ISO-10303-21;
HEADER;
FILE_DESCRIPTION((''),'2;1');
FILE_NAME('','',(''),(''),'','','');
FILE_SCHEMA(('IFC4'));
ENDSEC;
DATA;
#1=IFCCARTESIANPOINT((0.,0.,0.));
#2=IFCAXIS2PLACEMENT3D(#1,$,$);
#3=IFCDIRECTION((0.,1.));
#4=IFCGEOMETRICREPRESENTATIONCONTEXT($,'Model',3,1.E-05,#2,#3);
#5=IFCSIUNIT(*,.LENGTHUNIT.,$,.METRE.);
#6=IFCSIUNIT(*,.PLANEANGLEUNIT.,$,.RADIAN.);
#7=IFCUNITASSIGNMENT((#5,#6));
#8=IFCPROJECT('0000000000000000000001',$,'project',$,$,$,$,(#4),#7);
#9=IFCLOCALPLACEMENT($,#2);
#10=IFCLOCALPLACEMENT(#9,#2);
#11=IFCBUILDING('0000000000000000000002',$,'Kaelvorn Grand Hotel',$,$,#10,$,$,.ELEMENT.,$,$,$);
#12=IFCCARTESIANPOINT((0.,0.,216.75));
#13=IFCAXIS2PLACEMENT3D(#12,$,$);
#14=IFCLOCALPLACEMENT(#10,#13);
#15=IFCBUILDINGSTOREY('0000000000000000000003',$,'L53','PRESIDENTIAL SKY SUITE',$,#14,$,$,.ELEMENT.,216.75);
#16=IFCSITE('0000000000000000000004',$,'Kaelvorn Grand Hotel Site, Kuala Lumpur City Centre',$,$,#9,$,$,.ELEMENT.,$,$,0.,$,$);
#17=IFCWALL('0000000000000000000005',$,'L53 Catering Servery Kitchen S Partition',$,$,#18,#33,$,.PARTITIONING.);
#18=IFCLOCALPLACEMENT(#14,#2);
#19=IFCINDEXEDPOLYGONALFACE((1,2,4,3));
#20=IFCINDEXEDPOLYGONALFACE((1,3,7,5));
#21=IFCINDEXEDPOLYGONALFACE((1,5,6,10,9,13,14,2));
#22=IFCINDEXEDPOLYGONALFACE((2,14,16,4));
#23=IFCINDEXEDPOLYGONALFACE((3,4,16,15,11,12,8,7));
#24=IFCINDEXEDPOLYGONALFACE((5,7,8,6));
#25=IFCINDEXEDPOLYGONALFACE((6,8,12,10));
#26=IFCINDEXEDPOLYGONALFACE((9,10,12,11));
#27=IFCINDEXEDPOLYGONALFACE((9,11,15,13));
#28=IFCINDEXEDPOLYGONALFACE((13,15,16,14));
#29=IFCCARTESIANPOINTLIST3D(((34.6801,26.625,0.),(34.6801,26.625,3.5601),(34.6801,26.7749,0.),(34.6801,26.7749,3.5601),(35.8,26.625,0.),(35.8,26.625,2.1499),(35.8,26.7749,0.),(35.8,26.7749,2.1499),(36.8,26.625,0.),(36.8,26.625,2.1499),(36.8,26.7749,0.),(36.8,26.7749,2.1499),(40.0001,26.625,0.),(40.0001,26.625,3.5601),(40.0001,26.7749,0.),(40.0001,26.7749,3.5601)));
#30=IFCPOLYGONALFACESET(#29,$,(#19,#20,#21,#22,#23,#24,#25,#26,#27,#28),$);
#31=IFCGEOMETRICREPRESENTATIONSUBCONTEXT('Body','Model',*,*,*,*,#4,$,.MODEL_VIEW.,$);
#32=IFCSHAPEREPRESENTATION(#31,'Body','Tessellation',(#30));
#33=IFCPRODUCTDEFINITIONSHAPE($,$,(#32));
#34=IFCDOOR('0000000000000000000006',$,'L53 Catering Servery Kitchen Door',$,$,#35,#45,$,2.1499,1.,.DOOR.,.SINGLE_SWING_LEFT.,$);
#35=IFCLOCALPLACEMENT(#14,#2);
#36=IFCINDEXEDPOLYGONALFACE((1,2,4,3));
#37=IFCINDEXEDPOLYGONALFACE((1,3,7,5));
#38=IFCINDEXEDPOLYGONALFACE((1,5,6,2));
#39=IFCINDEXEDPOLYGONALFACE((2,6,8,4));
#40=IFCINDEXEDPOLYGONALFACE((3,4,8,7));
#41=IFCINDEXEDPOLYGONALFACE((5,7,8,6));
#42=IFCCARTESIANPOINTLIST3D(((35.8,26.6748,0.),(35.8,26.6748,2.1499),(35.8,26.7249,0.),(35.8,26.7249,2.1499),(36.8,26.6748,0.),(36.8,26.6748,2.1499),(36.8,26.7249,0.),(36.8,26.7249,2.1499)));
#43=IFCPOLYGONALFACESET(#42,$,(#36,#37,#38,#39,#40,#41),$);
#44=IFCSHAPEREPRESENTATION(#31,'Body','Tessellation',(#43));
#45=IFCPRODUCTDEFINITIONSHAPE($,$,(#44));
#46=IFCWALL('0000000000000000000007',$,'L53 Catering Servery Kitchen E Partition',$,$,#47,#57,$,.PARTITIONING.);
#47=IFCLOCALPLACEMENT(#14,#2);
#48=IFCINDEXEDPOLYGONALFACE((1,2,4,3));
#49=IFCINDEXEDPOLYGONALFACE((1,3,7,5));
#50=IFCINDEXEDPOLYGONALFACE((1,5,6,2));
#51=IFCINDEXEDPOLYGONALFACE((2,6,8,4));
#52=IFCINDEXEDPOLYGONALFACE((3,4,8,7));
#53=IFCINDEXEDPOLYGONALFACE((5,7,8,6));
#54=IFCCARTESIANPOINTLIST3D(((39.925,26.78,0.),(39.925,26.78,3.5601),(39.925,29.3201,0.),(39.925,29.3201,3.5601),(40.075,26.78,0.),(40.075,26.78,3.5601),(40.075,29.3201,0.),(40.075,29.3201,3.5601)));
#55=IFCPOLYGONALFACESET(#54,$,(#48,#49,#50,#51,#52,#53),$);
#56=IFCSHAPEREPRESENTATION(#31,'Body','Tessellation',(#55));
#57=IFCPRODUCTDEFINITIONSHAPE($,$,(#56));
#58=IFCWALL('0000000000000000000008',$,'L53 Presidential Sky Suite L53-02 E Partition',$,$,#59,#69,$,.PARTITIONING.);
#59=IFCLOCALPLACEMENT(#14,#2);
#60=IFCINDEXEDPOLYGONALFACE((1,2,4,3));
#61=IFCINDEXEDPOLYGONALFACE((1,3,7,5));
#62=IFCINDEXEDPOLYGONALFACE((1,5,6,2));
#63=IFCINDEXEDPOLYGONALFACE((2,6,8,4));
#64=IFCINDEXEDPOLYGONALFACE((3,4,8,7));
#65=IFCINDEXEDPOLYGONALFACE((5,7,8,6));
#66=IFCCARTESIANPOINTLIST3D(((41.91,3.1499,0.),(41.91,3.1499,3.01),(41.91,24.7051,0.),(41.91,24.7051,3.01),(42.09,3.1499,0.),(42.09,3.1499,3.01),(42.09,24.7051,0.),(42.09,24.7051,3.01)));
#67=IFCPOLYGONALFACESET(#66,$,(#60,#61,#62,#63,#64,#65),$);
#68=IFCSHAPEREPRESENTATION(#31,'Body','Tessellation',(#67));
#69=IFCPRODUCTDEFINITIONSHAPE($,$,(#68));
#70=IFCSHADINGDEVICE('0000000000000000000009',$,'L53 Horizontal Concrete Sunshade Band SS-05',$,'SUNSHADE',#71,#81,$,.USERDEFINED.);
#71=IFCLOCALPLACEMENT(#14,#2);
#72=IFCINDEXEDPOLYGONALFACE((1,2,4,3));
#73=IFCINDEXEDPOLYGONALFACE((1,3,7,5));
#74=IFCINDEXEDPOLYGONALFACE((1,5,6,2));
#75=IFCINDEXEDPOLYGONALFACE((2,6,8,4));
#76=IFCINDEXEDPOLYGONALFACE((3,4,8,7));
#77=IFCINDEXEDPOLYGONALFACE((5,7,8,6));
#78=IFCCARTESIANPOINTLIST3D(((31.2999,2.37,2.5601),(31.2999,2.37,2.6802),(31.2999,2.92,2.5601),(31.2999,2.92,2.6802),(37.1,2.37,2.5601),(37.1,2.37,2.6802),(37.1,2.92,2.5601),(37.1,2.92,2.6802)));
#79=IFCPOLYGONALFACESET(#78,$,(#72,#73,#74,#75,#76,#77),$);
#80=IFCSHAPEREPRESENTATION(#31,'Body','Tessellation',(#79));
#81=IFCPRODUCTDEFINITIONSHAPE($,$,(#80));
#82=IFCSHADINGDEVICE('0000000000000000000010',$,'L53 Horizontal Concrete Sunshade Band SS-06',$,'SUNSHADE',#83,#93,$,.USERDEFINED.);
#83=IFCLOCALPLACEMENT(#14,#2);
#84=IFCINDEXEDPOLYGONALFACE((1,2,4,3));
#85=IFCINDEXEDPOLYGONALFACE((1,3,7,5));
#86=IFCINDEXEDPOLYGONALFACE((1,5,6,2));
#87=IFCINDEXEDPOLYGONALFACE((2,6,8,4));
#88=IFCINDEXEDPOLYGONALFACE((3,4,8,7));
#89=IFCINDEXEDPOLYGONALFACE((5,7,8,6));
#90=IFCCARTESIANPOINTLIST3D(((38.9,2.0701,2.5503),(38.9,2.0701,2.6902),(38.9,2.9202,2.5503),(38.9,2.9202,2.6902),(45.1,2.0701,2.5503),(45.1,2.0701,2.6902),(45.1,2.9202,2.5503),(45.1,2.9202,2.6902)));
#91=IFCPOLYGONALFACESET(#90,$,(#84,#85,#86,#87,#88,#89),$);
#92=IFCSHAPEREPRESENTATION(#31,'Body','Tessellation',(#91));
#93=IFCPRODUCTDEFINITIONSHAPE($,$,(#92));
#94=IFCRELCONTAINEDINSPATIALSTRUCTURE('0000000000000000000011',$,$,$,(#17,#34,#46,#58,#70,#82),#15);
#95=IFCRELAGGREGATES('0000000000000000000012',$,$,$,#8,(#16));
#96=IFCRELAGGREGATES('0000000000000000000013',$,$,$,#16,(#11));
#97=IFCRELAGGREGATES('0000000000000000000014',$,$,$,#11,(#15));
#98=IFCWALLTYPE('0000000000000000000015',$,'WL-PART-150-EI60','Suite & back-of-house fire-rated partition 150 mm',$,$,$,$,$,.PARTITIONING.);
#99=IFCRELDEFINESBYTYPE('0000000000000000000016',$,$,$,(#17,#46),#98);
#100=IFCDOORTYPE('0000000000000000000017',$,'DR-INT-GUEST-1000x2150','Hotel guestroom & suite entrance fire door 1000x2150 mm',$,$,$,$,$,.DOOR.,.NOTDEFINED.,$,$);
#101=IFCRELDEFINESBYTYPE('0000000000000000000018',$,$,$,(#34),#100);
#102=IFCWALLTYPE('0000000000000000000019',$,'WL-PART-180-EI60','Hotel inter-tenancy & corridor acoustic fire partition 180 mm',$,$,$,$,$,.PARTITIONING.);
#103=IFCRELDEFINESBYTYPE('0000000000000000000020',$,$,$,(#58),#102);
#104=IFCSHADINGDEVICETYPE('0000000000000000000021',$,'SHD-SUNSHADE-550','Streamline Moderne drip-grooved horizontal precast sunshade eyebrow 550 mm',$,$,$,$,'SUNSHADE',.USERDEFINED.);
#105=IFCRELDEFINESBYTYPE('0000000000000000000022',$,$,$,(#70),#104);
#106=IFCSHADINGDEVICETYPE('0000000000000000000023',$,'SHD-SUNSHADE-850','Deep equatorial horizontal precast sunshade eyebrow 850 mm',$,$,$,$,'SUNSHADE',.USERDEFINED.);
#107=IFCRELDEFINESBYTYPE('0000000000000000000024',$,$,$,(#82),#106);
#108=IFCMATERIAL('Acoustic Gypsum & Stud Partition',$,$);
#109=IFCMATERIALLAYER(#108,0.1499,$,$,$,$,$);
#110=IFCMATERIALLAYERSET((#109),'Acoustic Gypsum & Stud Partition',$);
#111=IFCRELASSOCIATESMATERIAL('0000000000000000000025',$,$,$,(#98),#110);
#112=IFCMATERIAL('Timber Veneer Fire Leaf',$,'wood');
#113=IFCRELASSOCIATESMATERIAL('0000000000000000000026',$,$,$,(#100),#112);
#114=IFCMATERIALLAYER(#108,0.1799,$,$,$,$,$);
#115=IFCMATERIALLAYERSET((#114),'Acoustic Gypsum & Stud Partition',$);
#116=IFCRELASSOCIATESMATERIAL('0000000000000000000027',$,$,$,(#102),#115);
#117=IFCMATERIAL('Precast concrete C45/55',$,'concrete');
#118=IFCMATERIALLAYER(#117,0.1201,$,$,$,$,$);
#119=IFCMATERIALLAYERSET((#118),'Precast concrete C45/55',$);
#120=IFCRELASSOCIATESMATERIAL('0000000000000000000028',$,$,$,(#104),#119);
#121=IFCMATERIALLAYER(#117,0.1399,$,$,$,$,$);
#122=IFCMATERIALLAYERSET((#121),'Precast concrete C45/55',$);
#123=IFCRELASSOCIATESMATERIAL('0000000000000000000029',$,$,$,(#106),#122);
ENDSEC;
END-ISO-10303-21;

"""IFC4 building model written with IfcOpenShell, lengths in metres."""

from ifc_helpers import new_model, si_unit, direction, frame, frame_2d, origin, origin_2d, place, context, subcontext, project, spatial, rectangle, extrude, material, layer, layer_set, type_object, element, fill, save


model = new_model("IFC4")

# Units and contexts
model_context = context("Model", 3, precision=1e-05, world=origin(), true_north=direction((0.0, 1.0)))
body_context = subcontext(model_context, "Body", "Model", "MODEL_VIEW")
ifc_project = project(units=[si_unit("LENGTHUNIT", "METRE"), si_unit("PLANEANGLEUNIT", "RADIAN")], contexts=[model_context])

# Site, building, storey
site_placement = place(None, origin())
site = spatial("IfcSite", under=ifc_project, at=site_placement, Name="Kaelvorn Grand Hotel Site, Kuala Lumpur City Centre", CompositionType="ELEMENT", RefElevation=0.0)
building_placement = place(site_placement, origin())
building = spatial("IfcBuilding", under=site, at=building_placement, Name="Kaelvorn Grand Hotel", CompositionType="ELEMENT")
storey_placement = place(building_placement, frame((0.0, 0.0, 216.75)))
storey = spatial("IfcBuildingStorey", under=building, at=storey_placement, Name="L53", Description="PRESIDENTIAL SKY SUITE", CompositionType="ELEMENT", Elevation=216.75)

# Shared definitions
ifc_material_1 = material(Name="Acoustic Gypsum & Stud Partition")
ifc_layer_1 = layer(ifc_material_1, 0.1499)
ifc_layer_set_1 = layer_set([ifc_layer_1], Name="Acoustic Gypsum & Stud Partition")
wall_type_1 = type_object("IfcWallType", Name="WL-PART-150-EI60", Description="Suite & back-of-house fire-rated partition 150 mm", PredefinedType="PARTITIONING", material=ifc_layer_set_1)

# Wall, opening, door
wall_1_placement = place(storey_placement, frame((34.6799, 26.7, 0.0), z_axis=(0.0, 0.0, 1.0), x_axis=(1.0, 0.0, 0.0)))
wall_1 = element("IfcWall", 1, at=wall_1_placement, inside=storey, type_object=wall_type_1, Name="L53 Catering Servery Kitchen S Partition", PredefinedType="PARTITIONING", context=body_context, shape_type="SweptSolid", body=[
    extrude(rectangle(XDim=5.3201, YDim=0.1499, at=frame_2d((2.6602, 0.0))), origin(), (0.0, 0.0, 1.0), 3.5601),
])
opening_1_placement = place(wall_1_placement, frame((1.1201, 0.0, 0.0)))
opening_1 = element("IfcOpeningElement", 2, at=opening_1_placement, cuts=wall_1, PredefinedType="OPENING", context=body_context, shape_type="SweptSolid", body=[
    extrude(rectangle(XDim=1.0, YDim=2.1499, at=frame_2d((0.5, 1.075))), frame((0.0, 0.085, 0.0), z_axis=(0.0, -1.0, 0.0), x_axis=(1.0, 0.0, 0.0)), (0.0, 0.0, 1.0), 0.1699),
])
ifc_material_2 = material(Name="Timber Veneer Fire Leaf", Category="wood")
door_type_1 = type_object("IfcDoorType", Name="DR-INT-GUEST-1000x2150", Description="Hotel guestroom & suite entrance fire door 1000x2150 mm", OperationType="NOTDEFINED", PredefinedType="DOOR", material=ifc_material_2)
door_1_placement = place(opening_1_placement, origin())
door_1 = element("IfcDoor", 3, at=door_1_placement, inside=storey, type_object=door_type_1, Name="L53 Catering Servery Kitchen Door", OperationType="SINGLE_SWING_LEFT", OverallHeight=2.1499, OverallWidth=1.0, PredefinedType="DOOR", context=body_context, shape_type="SweptSolid", body=[
    extrude(rectangle(XDim=1.0, YDim=2.1499, at=frame_2d((0.5, 1.075))), frame((0.0, 0.0249, 0.0), z_axis=(0.0, -1.0, 0.0), x_axis=(1.0, 0.0, 0.0)), (0.0, 0.0, 1.0), 0.05),
])
fill(opening_1, door_1)

# Walls
wall_2_placement = place(storey_placement, frame((40.0, 26.78, 0.0), z_axis=(0.0, 0.0, 1.0), x_axis=(0.0, 1.0, 0.0)))
element("IfcWall", 4, at=wall_2_placement, inside=storey, type_object=wall_type_1, Name="L53 Catering Servery Kitchen E Partition", PredefinedType="PARTITIONING", context=body_context, shape_type="SweptSolid", body=[
    extrude(rectangle(XDim=2.54, YDim=0.1499, at=frame_2d((1.27, 0.0))), origin(), (0.0, 0.0, 1.0), 3.5601),
])
ifc_layer_2 = layer(ifc_material_1, 0.1799)
ifc_layer_set_2 = layer_set([ifc_layer_2], Name="Acoustic Gypsum & Stud Partition")
wall_type_2 = type_object("IfcWallType", Name="WL-PART-180-EI60", Description="Hotel inter-tenancy & corridor acoustic fire partition 180 mm", PredefinedType="PARTITIONING", material=ifc_layer_set_2)
wall_3_placement = place(storey_placement, frame((42.0, 3.1499, 0.0), z_axis=(0.0, 0.0, 1.0), x_axis=(0.0, 1.0, 0.0)))
element("IfcWall", 5, at=wall_3_placement, inside=storey, type_object=wall_type_2, Name="L53 Presidential Sky Suite L53-02 E Partition", PredefinedType="PARTITIONING", context=body_context, shape_type="SweptSolid", body=[
    extrude(rectangle(XDim=21.5552, YDim=0.1799, at=frame_2d((10.7776, 0.0))), origin(), (0.0, 0.0, 1.0), 3.01),
])

# Shading devices
ifc_material_3 = material(Name="Precast concrete C45/55", Category="concrete")
ifc_layer_3 = layer(ifc_material_3, 0.1201)
ifc_layer_set_3 = layer_set([ifc_layer_3], Name="Precast concrete C45/55")
shading_device_type_1 = type_object("IfcShadingDeviceType", Name="SHD-SUNSHADE-550", Description="Streamline Moderne drip-grooved horizontal precast sunshade eyebrow 550 mm", ElementType="SUNSHADE", PredefinedType="USERDEFINED", material=ifc_layer_set_3)
shading_device_1_placement = place(storey_placement, frame((34.2, 2.645, 2.5601), z_axis=(0.0, 0.0, 1.0), x_axis=(1.0, 0.0, 0.0)))
element("IfcShadingDevice", 6, at=shading_device_1_placement, inside=storey, type_object=shading_device_type_1, Name="L53 Horizontal Concrete Sunshade Band SS-05", ObjectType="SUNSHADE", PredefinedType="USERDEFINED", context=body_context, shape_type="SweptSolid", body=[
    extrude(rectangle(XDim=5.8, YDim=0.55, at=origin_2d()), origin(), (0.0, 0.0, 1.0), 0.1201),
])
ifc_layer_4 = layer(ifc_material_3, 0.1399)
ifc_layer_set_4 = layer_set([ifc_layer_4], Name="Precast concrete C45/55")
shading_device_type_2 = type_object("IfcShadingDeviceType", Name="SHD-SUNSHADE-850", Description="Deep equatorial horizontal precast sunshade eyebrow 850 mm", ElementType="SUNSHADE", PredefinedType="USERDEFINED", material=ifc_layer_set_4)
shading_device_2_placement = place(storey_placement, frame((42.0, 2.4951, 2.5503), z_axis=(0.0, 0.0, 1.0), x_axis=(1.0, 0.0, 0.0)))
element("IfcShadingDevice", 7, at=shading_device_2_placement, inside=storey, type_object=shading_device_type_2, Name="L53 Horizontal Concrete Sunshade Band SS-06", ObjectType="SUNSHADE", PredefinedType="USERDEFINED", context=body_context, shape_type="SweptSolid", body=[
    extrude(rectangle(XDim=6.2, YDim=0.8501, at=origin_2d()), origin(), (0.0, 0.0, 1.0), 0.1399),
])

save(model, "model.ifc")
